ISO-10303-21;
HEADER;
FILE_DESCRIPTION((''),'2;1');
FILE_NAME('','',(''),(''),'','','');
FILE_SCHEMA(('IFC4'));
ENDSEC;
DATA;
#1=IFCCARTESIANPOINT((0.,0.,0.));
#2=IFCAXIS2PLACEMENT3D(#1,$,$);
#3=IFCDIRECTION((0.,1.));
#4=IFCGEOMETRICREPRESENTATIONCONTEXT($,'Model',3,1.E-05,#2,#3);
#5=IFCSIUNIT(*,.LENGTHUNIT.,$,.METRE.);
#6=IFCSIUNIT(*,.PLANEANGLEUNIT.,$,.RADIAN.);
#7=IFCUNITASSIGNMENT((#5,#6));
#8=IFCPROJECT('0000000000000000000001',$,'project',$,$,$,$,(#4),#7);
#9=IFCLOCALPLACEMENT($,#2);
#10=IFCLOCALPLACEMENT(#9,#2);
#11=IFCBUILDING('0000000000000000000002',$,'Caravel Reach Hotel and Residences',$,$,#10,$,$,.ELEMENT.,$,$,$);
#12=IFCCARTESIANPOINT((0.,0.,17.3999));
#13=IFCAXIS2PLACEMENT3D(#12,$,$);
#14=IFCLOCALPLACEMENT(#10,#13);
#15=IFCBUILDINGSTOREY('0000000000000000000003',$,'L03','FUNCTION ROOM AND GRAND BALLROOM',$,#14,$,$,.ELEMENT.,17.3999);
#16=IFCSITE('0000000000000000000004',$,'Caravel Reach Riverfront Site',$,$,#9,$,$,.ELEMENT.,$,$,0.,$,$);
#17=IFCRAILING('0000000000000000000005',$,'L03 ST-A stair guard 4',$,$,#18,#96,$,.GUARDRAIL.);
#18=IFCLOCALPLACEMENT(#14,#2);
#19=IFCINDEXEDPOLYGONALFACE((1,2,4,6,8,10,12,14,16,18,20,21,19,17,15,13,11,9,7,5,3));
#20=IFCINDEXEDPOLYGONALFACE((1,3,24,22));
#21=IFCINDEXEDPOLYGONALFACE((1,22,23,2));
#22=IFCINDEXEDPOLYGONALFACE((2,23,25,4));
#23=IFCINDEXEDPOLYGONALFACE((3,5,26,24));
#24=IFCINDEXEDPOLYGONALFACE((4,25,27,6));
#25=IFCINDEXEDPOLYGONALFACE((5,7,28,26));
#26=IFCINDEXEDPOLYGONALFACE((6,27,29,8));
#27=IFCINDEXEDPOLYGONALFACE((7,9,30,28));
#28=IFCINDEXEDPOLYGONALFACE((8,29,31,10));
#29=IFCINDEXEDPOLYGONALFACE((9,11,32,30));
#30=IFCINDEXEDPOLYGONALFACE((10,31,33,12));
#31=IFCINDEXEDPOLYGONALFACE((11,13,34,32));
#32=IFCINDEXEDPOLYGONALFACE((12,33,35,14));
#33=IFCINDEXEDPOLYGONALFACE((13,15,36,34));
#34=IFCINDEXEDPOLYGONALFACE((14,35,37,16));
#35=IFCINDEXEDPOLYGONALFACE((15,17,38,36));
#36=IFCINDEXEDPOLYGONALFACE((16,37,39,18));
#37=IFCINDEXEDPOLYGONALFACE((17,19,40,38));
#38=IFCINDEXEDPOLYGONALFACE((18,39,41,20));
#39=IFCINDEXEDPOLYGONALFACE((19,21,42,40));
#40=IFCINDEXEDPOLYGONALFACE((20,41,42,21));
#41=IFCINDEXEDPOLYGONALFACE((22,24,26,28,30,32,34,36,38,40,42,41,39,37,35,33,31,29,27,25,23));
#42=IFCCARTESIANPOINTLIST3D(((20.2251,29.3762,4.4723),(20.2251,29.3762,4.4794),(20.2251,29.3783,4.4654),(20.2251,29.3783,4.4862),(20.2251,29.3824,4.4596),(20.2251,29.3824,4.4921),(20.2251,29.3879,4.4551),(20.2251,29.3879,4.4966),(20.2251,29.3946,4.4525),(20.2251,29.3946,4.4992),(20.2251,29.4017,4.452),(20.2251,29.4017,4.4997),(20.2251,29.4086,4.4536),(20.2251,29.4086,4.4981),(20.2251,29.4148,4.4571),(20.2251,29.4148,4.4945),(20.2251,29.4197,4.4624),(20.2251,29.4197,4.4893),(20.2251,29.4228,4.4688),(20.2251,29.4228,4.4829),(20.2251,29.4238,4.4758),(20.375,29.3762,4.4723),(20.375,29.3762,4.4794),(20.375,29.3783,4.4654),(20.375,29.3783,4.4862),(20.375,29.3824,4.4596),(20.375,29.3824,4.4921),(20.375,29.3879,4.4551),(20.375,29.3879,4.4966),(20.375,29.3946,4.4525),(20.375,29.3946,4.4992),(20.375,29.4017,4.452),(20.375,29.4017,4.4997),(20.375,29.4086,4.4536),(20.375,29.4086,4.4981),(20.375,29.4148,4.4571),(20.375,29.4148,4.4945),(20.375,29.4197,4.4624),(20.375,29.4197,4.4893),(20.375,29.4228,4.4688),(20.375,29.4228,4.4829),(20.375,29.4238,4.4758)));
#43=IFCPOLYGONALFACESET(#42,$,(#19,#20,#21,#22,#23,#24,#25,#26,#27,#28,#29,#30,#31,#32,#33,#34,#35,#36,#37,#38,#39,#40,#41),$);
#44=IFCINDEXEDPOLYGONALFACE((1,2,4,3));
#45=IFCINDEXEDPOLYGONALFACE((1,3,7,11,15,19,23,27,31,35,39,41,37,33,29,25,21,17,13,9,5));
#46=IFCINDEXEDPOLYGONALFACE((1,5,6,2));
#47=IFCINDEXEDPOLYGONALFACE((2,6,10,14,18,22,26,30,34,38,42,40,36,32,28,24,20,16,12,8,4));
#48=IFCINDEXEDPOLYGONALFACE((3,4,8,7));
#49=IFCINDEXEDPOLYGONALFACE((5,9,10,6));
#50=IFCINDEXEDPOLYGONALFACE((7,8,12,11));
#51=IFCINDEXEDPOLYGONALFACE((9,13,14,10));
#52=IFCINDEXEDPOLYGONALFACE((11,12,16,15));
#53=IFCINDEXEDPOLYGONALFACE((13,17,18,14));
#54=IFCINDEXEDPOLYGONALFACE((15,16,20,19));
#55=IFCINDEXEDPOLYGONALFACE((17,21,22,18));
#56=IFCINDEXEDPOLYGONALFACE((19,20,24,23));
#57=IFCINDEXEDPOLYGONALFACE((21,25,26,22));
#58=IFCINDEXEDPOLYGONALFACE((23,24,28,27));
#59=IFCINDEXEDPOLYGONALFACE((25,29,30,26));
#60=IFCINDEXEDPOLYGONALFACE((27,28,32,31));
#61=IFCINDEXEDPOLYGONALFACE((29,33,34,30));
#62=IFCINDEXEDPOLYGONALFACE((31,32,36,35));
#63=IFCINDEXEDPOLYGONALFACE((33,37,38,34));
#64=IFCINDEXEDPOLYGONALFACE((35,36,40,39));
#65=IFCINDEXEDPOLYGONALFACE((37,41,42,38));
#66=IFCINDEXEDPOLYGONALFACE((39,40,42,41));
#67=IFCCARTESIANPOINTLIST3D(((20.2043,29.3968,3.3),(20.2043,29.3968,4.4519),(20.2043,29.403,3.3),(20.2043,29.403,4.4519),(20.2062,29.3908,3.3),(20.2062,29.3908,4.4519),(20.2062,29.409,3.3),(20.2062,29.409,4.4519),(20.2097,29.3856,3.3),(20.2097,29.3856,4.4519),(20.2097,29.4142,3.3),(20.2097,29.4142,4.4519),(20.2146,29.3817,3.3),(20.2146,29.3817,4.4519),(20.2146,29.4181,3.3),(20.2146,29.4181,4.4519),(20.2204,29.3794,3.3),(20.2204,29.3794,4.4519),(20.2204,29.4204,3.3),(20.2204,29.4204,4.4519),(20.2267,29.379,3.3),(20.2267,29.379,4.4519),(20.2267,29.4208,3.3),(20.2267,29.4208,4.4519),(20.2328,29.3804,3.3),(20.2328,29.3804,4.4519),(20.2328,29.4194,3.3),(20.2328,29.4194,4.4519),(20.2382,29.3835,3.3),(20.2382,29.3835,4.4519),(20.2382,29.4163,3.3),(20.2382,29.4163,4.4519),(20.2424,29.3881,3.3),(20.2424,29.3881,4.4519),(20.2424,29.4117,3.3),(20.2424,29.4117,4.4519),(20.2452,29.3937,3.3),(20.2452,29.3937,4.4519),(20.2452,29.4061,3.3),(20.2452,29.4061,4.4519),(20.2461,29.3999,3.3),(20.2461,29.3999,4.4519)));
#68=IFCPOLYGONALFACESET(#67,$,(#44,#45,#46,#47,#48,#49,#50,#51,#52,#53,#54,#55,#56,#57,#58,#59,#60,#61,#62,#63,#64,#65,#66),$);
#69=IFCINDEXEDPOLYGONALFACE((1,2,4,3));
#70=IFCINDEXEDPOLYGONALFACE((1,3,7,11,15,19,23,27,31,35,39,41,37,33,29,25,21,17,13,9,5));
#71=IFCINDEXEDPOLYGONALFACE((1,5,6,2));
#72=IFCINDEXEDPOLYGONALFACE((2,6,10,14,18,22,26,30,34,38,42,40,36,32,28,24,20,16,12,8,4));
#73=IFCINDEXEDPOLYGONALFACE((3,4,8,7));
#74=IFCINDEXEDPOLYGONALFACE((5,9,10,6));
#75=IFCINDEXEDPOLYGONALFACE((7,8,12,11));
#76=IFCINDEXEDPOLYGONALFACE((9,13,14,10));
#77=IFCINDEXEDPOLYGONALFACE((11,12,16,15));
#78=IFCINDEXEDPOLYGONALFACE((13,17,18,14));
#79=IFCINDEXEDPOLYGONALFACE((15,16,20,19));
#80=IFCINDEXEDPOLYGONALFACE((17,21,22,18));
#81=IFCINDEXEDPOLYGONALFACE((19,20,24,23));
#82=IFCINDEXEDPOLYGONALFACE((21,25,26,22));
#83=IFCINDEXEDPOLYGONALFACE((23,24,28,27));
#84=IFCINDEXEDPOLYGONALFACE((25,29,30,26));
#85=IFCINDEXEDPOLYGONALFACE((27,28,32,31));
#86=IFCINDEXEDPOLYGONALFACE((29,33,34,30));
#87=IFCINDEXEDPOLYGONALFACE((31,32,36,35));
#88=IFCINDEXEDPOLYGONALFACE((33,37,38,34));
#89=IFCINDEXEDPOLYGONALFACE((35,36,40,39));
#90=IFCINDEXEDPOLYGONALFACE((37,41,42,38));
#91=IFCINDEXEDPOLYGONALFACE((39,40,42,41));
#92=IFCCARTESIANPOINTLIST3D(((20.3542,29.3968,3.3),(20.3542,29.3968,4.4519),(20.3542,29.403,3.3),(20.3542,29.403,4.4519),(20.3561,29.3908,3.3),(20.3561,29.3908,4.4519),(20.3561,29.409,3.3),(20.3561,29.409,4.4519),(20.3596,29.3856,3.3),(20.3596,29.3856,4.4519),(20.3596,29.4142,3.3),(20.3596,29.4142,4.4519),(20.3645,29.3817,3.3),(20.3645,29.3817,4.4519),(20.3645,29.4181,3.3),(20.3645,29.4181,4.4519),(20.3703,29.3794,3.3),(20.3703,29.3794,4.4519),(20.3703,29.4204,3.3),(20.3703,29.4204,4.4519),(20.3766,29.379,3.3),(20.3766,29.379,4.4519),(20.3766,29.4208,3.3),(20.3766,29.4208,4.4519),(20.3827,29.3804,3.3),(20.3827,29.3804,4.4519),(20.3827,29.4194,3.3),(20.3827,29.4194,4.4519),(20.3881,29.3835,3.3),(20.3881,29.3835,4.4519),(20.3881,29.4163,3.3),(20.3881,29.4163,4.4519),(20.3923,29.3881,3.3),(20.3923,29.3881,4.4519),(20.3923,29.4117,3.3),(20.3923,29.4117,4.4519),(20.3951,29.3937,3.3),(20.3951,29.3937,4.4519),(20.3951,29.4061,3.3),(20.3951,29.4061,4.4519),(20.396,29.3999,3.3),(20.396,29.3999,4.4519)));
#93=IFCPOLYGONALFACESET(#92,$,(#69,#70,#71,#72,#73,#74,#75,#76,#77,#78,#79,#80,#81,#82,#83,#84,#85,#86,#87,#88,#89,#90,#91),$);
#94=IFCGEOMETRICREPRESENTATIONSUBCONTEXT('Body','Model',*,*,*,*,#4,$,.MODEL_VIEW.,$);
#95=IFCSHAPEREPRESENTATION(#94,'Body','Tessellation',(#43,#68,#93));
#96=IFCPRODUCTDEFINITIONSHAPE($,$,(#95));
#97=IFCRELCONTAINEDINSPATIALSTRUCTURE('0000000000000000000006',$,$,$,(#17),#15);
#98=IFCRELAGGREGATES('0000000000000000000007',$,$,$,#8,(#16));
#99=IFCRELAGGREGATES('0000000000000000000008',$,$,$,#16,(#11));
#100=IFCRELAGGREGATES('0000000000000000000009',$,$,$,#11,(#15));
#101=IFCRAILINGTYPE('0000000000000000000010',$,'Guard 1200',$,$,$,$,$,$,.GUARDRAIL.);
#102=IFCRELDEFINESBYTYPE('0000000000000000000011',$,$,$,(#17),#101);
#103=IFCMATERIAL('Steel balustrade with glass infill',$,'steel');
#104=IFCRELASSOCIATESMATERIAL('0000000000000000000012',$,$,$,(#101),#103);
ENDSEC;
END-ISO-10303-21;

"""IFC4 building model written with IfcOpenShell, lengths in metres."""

from ifc_helpers import new_model, si_unit, direction, frame, origin, origin_2d, place, context, subcontext, project, spatial, circle, extrude, material, type_object, element, save


model = new_model("IFC4")

# Units and contexts
model_context = context("Model", 3, precision=1e-05, world=origin(), true_north=direction((0.0, 1.0)))
body_context = subcontext(model_context, "Body", "Model", "MODEL_VIEW")
ifc_project = project(units=[si_unit("LENGTHUNIT", "METRE"), si_unit("PLANEANGLEUNIT", "RADIAN")], contexts=[model_context])

# Site, building, storey
site_placement = place(None, origin())
site = spatial("IfcSite", under=ifc_project, at=site_placement, Name="Caravel Reach Riverfront Site", CompositionType="ELEMENT", RefElevation=0.0)
building_placement = place(site_placement, origin())
building = spatial("IfcBuilding", under=site, at=building_placement, Name="Caravel Reach Hotel and Residences", CompositionType="ELEMENT")
storey_placement = place(building_placement, frame((0.0, 0.0, 17.3999)))
storey = spatial("IfcBuildingStorey", under=building, at=storey_placement, Name="L03", Description="FUNCTION ROOM AND GRAND BALLROOM", CompositionType="ELEMENT", Elevation=17.3999)

# Railing
ifc_material_1 = material(Name="Steel balustrade with glass infill", Category="steel")
railing_type_1 = type_object("IfcRailingType", Name="Guard 1200", PredefinedType="GUARDRAIL", material=ifc_material_1)
railing_1_placement = place(storey_placement, frame((20.2251, 29.3999, 3.3)))
element("IfcRailing", 1, at=railing_1_placement, inside=storey, type_object=railing_type_1, Name="L03 ST-A stair guard 4", PredefinedType="GUARDRAIL", context=body_context, shape_type="SweptSolid", body=[
    extrude(circle(Radius=0.0239, at=origin_2d()), frame((0.0, 0.0, 1.1758), z_axis=(1.0, 0.0, 0.0), x_axis=(0.0, 1.0, 0.0)), (0.0, 0.0, 1.0), 0.1499),
    extrude(circle(Radius=0.021, at=origin_2d()), origin(), (0.0, 0.0, 1.0), 1.1519),
    extrude(circle(Radius=0.021, at=origin_2d()), frame((0.1499, 0.0, 0.0)), (0.0, 0.0, 1.0), 1.1519),
])

save(model, "model.ifc")
